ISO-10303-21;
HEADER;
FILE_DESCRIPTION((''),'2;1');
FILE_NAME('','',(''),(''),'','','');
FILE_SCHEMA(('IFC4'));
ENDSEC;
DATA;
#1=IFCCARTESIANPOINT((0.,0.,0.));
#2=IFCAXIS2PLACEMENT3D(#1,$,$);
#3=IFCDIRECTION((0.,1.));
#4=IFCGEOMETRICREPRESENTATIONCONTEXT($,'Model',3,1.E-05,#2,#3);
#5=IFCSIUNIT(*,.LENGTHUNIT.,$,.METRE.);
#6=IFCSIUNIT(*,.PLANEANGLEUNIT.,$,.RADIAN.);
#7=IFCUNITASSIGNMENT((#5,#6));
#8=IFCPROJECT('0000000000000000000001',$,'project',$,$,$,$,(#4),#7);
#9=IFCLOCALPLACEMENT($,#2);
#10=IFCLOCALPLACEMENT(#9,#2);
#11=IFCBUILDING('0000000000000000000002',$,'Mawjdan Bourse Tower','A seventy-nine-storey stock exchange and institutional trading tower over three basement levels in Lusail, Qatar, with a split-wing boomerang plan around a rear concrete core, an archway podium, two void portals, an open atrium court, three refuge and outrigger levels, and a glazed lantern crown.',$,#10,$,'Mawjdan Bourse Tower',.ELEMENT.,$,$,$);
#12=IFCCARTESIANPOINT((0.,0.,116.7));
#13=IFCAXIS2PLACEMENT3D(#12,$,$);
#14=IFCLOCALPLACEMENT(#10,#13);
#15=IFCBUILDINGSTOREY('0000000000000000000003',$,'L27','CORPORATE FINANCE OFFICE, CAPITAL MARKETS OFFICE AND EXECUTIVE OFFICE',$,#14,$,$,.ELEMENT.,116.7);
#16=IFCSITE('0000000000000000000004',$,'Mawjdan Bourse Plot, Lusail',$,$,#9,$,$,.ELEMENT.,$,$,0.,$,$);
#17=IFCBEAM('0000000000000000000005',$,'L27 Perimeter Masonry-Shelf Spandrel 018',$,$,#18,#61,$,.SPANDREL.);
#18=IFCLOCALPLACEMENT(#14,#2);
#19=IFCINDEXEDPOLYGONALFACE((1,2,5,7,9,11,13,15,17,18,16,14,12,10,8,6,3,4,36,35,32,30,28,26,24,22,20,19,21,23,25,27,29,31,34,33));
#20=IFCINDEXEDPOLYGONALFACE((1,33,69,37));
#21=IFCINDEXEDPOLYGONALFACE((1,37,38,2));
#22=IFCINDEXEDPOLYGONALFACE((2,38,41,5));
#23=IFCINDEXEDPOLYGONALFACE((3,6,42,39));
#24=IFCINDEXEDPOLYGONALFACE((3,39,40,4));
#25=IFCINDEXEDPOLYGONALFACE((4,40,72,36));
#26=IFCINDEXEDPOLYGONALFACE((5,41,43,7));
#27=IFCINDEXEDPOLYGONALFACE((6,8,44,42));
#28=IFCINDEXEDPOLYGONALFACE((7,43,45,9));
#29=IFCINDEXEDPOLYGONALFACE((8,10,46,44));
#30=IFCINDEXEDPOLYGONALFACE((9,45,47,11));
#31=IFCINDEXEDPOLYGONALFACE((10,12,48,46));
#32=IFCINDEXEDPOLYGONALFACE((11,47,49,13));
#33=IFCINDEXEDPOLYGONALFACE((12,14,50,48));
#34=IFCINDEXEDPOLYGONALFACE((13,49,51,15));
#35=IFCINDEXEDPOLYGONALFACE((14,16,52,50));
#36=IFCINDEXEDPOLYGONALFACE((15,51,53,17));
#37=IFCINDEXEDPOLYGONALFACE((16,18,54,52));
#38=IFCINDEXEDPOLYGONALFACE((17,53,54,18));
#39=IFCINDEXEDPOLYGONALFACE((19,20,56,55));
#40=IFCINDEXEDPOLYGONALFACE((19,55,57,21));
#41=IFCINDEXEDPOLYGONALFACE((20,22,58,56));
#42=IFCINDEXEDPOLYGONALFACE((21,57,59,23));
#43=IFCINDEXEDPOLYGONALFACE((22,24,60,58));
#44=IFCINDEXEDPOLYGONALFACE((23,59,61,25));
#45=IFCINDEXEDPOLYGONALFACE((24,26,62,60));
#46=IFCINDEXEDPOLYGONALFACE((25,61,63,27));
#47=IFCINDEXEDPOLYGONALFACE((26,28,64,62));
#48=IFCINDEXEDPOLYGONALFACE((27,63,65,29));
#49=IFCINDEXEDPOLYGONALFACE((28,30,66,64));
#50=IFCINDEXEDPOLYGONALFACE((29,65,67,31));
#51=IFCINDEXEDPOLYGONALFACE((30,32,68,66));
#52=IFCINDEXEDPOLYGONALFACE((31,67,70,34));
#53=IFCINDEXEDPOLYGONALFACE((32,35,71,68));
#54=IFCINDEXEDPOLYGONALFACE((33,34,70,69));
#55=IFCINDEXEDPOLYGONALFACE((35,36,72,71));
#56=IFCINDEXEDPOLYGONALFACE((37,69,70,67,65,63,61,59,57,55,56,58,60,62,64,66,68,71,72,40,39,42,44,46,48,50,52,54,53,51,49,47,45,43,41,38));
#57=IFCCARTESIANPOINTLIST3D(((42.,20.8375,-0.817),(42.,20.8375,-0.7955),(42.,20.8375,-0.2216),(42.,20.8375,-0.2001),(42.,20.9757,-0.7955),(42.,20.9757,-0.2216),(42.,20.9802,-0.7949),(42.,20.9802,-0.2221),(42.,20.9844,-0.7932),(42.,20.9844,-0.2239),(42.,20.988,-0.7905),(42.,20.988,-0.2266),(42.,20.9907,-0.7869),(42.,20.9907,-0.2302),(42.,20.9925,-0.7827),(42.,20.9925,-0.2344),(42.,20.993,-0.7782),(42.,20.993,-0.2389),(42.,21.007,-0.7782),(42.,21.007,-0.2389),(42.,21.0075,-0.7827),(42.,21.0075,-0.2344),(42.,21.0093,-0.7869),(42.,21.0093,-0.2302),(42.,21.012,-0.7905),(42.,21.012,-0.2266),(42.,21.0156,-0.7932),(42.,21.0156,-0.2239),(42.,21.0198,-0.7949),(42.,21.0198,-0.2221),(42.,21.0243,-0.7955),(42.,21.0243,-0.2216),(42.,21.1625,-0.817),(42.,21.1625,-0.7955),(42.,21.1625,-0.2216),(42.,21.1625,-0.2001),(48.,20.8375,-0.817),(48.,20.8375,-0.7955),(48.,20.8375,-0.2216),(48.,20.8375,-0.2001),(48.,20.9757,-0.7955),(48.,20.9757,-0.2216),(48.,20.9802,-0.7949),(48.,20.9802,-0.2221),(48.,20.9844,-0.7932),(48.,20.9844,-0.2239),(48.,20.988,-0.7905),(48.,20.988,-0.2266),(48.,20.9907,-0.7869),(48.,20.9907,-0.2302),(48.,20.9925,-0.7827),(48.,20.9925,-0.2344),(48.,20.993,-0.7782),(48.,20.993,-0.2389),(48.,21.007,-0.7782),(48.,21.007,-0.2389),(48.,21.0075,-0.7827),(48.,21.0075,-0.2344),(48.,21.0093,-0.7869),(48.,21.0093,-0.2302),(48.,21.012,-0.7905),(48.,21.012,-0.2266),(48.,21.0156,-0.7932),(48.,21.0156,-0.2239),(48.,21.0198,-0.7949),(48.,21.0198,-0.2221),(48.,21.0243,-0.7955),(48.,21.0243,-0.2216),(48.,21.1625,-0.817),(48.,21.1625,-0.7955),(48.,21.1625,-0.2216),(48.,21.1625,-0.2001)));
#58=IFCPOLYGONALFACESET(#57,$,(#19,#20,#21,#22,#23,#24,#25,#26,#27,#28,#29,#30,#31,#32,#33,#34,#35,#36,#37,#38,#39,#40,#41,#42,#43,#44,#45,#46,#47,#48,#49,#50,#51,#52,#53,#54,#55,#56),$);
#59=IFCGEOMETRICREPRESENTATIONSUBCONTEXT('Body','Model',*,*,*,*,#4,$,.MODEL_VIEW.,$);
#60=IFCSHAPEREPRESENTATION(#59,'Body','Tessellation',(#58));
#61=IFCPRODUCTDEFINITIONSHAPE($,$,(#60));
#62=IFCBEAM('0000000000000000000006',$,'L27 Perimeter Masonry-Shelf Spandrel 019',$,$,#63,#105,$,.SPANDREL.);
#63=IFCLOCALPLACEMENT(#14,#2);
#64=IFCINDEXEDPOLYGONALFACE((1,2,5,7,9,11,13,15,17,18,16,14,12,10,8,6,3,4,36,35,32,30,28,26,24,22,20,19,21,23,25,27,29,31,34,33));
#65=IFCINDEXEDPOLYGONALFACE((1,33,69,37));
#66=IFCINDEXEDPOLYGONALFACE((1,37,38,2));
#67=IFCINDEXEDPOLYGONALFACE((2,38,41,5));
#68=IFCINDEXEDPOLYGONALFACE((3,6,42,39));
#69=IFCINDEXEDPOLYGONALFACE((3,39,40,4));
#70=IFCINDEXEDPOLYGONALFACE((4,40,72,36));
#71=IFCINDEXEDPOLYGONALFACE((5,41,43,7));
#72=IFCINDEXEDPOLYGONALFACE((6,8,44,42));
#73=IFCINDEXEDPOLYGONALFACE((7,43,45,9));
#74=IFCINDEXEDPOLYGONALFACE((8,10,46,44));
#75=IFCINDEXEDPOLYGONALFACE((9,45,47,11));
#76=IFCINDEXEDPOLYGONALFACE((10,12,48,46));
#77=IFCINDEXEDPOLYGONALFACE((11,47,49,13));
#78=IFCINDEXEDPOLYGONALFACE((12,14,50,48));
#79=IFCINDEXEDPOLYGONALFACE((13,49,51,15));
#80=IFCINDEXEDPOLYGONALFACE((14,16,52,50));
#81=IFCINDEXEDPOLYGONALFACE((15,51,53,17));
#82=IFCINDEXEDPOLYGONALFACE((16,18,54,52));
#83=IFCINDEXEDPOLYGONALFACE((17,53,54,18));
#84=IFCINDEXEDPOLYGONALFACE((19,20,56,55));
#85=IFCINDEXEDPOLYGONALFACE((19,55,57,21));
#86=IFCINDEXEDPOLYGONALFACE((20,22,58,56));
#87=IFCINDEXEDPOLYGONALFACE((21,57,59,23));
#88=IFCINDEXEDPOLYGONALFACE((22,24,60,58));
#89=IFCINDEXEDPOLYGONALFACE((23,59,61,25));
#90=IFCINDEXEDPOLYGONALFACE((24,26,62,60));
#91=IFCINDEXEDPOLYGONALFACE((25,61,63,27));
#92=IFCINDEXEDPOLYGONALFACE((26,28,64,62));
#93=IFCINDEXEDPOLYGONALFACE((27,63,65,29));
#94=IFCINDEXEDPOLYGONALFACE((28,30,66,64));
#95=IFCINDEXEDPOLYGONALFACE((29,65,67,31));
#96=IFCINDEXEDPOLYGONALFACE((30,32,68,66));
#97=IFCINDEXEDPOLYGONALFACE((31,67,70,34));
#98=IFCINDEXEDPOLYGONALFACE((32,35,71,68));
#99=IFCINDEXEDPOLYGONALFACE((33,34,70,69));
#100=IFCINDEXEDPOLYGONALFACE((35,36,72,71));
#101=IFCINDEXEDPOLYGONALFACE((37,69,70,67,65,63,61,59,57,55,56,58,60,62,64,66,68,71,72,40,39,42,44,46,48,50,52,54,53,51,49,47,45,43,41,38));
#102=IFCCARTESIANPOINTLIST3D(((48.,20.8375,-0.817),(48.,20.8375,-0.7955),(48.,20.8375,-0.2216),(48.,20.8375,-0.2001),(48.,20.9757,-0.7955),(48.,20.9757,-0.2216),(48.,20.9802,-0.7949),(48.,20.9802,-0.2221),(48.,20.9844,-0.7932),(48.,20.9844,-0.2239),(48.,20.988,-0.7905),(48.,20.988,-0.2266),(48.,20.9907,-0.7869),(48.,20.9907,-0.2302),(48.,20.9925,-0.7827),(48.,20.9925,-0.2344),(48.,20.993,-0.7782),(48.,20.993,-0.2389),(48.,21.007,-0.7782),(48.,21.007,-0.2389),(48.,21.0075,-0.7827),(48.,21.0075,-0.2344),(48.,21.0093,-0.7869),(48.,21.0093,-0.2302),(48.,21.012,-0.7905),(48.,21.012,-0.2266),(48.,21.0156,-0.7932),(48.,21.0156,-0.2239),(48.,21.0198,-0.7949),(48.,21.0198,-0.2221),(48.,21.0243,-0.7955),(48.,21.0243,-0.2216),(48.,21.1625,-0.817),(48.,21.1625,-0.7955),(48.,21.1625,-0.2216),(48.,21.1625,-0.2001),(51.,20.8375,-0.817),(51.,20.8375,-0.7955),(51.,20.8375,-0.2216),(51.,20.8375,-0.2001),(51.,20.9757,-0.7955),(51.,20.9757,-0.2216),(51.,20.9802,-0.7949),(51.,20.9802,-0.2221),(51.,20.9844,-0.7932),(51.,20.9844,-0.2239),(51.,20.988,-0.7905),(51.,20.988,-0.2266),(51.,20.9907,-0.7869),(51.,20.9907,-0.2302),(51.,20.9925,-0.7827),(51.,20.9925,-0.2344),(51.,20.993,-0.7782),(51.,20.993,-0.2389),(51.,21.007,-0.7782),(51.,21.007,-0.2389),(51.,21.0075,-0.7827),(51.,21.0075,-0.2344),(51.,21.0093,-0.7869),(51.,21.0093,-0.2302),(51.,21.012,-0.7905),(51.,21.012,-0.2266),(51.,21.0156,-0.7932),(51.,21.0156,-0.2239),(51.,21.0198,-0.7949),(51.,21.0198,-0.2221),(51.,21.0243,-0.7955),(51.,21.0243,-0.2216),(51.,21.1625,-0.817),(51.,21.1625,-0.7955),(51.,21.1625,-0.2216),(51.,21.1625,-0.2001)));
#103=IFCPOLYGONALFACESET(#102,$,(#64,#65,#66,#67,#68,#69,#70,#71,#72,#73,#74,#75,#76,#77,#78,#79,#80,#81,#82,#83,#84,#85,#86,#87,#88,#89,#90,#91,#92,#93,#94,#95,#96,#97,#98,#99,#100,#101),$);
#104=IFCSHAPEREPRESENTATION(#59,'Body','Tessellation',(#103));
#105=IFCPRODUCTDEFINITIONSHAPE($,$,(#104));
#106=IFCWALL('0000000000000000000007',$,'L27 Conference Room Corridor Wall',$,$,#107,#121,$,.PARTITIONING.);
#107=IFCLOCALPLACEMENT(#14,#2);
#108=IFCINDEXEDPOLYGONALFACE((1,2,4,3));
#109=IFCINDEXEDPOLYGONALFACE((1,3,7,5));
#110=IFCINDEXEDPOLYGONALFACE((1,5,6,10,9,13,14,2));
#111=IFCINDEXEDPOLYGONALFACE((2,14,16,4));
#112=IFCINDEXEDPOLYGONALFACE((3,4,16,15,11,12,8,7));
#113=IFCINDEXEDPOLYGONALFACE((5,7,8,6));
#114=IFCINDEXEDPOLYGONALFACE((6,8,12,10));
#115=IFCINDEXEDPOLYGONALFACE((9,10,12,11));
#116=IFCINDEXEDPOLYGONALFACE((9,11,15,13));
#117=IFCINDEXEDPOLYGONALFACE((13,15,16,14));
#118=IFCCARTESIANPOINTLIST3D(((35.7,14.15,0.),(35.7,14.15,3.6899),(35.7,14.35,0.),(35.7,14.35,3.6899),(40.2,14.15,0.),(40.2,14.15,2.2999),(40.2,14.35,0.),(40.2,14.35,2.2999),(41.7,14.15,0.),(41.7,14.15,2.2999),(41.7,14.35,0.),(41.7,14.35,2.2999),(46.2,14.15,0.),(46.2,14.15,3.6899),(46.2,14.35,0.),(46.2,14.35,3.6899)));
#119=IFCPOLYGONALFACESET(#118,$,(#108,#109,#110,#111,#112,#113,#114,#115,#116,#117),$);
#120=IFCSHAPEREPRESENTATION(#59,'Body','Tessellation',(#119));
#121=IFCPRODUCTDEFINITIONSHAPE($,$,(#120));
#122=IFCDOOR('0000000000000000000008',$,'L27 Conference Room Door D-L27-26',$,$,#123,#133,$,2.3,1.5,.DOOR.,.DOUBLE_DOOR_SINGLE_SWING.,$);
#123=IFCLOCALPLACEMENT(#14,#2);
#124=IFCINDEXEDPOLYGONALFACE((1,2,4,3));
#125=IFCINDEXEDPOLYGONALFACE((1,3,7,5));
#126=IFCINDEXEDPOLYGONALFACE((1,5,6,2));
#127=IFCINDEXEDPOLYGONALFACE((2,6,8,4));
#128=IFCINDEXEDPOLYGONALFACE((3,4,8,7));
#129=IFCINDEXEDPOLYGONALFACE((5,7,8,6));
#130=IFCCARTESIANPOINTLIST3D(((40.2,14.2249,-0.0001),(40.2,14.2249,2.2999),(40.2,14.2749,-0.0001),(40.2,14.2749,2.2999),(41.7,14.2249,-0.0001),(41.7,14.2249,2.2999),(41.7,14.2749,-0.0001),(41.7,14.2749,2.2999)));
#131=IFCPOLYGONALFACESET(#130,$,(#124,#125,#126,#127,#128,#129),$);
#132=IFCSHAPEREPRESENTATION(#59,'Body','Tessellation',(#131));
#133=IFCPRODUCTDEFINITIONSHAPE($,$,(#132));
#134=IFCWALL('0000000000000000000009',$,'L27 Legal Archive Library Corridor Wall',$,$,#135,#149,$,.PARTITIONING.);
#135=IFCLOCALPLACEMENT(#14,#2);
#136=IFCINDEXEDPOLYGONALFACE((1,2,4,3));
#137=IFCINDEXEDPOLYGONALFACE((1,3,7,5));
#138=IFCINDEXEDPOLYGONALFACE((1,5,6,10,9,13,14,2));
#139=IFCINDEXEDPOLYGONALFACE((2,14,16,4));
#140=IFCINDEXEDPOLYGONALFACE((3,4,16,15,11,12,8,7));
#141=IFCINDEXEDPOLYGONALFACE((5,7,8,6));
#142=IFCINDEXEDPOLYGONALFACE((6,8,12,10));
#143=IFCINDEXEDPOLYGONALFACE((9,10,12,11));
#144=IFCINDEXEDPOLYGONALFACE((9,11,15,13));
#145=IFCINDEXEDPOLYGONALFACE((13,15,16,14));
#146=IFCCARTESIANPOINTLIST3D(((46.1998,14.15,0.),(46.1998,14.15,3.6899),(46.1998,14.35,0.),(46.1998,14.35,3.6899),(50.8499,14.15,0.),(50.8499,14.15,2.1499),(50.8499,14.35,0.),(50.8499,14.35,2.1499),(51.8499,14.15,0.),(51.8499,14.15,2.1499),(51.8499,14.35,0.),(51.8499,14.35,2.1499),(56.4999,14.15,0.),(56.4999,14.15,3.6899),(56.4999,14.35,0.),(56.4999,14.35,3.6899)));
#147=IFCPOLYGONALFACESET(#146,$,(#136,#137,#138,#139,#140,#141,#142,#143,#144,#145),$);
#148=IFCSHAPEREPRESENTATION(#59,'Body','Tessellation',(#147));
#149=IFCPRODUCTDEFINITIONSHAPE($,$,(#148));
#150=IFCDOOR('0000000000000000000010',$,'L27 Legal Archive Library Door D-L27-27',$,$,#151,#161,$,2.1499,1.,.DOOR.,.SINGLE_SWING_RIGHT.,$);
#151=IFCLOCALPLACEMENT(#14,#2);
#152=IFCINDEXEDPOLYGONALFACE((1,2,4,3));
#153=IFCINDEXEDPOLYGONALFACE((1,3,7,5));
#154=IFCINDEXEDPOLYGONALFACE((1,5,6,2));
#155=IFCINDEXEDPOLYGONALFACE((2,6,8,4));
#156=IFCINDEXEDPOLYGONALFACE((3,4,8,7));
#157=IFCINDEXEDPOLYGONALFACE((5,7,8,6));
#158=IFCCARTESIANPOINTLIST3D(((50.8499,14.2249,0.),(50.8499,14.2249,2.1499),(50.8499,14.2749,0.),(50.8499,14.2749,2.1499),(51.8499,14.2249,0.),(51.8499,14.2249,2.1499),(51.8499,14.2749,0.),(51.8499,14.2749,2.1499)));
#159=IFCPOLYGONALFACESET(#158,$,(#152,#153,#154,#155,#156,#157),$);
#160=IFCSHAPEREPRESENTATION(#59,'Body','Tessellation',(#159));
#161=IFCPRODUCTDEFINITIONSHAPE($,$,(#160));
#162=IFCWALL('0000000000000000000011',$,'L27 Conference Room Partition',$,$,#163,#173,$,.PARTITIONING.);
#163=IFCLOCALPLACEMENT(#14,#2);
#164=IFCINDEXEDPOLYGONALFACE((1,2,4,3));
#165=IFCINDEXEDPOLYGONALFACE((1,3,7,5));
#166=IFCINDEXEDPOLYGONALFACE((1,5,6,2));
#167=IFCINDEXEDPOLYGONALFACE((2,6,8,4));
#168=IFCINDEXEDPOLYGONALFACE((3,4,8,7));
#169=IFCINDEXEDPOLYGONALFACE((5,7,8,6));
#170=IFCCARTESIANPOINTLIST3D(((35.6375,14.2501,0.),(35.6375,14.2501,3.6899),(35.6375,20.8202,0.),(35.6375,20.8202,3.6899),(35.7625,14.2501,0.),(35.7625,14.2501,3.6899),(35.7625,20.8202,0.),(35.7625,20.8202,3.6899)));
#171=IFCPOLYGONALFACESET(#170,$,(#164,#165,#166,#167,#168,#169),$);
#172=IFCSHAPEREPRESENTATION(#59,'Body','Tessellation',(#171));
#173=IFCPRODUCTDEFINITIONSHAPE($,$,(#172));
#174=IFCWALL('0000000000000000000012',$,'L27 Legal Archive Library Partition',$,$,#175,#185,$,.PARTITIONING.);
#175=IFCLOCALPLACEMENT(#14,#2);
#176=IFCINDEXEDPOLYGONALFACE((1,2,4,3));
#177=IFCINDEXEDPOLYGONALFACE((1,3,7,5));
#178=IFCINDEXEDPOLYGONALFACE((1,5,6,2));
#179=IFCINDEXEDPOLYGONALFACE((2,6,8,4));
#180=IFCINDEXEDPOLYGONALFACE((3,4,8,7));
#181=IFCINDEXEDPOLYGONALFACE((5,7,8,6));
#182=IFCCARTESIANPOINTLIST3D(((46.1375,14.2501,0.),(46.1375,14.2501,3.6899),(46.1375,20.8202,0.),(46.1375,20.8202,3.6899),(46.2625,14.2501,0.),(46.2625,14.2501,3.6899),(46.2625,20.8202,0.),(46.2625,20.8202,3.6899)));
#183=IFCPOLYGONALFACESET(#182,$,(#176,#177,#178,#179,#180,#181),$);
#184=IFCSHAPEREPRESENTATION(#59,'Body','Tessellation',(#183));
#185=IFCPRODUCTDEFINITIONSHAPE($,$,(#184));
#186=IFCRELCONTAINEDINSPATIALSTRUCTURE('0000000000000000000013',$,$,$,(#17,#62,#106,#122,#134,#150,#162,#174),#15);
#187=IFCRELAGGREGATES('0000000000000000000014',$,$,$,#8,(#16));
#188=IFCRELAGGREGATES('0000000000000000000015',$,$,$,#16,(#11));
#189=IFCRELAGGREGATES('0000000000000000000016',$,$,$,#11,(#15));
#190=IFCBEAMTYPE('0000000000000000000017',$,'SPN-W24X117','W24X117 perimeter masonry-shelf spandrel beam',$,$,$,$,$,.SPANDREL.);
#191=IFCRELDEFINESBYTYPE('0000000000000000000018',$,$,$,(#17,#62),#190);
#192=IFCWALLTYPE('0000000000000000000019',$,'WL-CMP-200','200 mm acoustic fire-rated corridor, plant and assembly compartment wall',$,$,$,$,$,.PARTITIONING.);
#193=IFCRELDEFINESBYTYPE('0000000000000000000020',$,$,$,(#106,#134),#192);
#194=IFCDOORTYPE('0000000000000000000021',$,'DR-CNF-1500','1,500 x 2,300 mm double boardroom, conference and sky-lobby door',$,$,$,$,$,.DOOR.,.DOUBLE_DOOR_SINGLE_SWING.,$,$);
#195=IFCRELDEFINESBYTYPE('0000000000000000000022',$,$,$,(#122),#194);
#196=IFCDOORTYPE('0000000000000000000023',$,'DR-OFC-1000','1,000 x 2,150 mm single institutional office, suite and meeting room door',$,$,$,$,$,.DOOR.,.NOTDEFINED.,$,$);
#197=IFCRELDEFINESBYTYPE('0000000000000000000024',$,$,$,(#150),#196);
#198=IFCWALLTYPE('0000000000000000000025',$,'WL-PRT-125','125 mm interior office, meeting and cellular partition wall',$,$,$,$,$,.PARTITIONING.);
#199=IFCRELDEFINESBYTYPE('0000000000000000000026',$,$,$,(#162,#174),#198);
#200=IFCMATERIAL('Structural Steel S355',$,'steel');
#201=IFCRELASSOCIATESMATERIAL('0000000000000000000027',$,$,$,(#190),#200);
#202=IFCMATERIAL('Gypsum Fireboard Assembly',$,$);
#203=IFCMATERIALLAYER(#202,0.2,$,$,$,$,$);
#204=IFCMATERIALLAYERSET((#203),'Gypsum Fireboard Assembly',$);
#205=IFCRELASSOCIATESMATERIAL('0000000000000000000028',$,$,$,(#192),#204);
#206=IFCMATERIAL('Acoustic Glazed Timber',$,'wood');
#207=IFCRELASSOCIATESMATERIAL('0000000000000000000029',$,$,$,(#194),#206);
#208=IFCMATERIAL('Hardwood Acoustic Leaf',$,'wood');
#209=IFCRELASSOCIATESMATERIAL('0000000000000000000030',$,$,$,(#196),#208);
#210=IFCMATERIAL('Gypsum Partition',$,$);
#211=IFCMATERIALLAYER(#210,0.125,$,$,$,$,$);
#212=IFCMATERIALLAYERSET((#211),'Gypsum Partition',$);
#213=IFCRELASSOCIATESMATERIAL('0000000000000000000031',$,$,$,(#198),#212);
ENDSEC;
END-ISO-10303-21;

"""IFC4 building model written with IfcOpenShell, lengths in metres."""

from ifc_helpers import new_model, si_unit, direction, frame, frame_2d, origin, origin_2d, place, context, subcontext, project, spatial, rectangle, i_section, extrude, material, layer, layer_set, material_profile, profile_set, type_object, element, fill, save


model = new_model("IFC4")

# Units and contexts
model_context = context("Model", 3, precision=1e-05, world=origin(), true_north=direction((0.0, 1.0)))
body_context = subcontext(model_context, "Body", "Model", "MODEL_VIEW")
ifc_project = project(units=[si_unit("LENGTHUNIT", "METRE"), si_unit("PLANEANGLEUNIT", "RADIAN")], contexts=[model_context])

# Site, building, storey
site_placement = place(None, origin())
site = spatial("IfcSite", under=ifc_project, at=site_placement, Name="Mawjdan Bourse Plot, Lusail", CompositionType="ELEMENT", RefElevation=0.0)
building_placement = place(site_placement, origin())
building = spatial("IfcBuilding", under=site, at=building_placement, Name="Mawjdan Bourse Tower", Description="A seventy-nine-storey stock exchange and institutional trading tower over three basement levels in Lusail, Qatar, with a split-wing boomerang plan around a rear concrete core, an archway podium, two void portals, an open atrium court, three refuge and outrigger levels, and a glazed lantern crown.", LongName="Mawjdan Bourse Tower", CompositionType="ELEMENT")
storey_placement = place(building_placement, frame((0.0, 0.0, 116.7)))
storey = spatial("IfcBuildingStorey", under=building, at=storey_placement, Name="L27", Description="CORPORATE FINANCE OFFICE, CAPITAL MARKETS OFFICE AND EXECUTIVE OFFICE", CompositionType="ELEMENT", Elevation=116.7)

# Beams
ifc_material_1 = material(Name="Structural Steel S355", Category="steel")
ifc_material_profile_1 = material_profile(ifc_material_1, i_section(OverallWidth=0.325, OverallDepth=0.6169, WebThickness=0.0139, FlangeThickness=0.0215, FilletRadius=0.0173, at=origin_2d()), Name="W24X117")
ifc_profile_set_1 = profile_set([ifc_material_profile_1], Name="Structural Steel S355")
beam_type_1 = type_object("IfcBeamType", Name="SPN-W24X117", Description="W24X117 perimeter masonry-shelf spandrel beam", PredefinedType="SPANDREL", material=ifc_profile_set_1)
beam_1_placement = place(storey_placement, frame((42.0, 21.0, -0.5085), z_axis=(1.0, 0.0, 0.0), x_axis=(0.0, 1.0, 0.0)))
element("IfcBeam", 1, at=beam_1_placement, inside=storey, type_object=beam_type_1, Name="L27 Perimeter Masonry-Shelf Spandrel 018", PredefinedType="SPANDREL", context=body_context, shape_type="SweptSolid", body=[
    extrude(i_section(OverallWidth=0.325, OverallDepth=0.6169, WebThickness=0.0139, FlangeThickness=0.0215, FilletRadius=0.0173, at=origin_2d()), origin(), (0.0, 0.0, 1.0), 6.0),
])
beam_2_placement = place(storey_placement, frame((48.0, 21.0, -0.5085), z_axis=(1.0, 0.0, 0.0), x_axis=(0.0, 1.0, 0.0)))
element("IfcBeam", 2, at=beam_2_placement, inside=storey, type_object=beam_type_1, Name="L27 Perimeter Masonry-Shelf Spandrel 019", PredefinedType="SPANDREL", context=body_context, shape_type="SweptSolid", body=[
    extrude(i_section(OverallWidth=0.325, OverallDepth=0.6169, WebThickness=0.0139, FlangeThickness=0.0215, FilletRadius=0.0173, at=origin_2d()), origin(), (0.0, 0.0, 1.0), 3.0),
])

# Walls, openings, doors
ifc_material_2 = material(Name="Gypsum Fireboard Assembly")
ifc_layer_1 = layer(ifc_material_2, 0.2)
ifc_layer_set_1 = layer_set([ifc_layer_1], Name="Gypsum Fireboard Assembly")
wall_type_1 = type_object("IfcWallType", Name="WL-CMP-200", Description="200 mm acoustic fire-rated corridor, plant and assembly compartment wall", PredefinedType="PARTITIONING", material=ifc_layer_set_1)
wall_1_placement = place(storey_placement, frame((35.7, 14.25, 0.0), z_axis=(0.0, 0.0, 1.0), x_axis=(1.0, 0.0, 0.0)))
wall_1 = element("IfcWall", 3, at=wall_1_placement, inside=storey, type_object=wall_type_1, Name="L27 Conference Room Corridor Wall", PredefinedType="PARTITIONING", context=body_context, shape_type="SweptSolid", body=[
    extrude(rectangle(XDim=10.5, YDim=0.2, at=frame_2d((5.25, 0.0))), origin(), (0.0, 0.0, 1.0), 3.6899),
])
opening_1_placement = place(wall_1_placement, frame((4.5, 0.0, 0.0)))
opening_1 = element("IfcOpeningElement", 4, at=opening_1_placement, cuts=wall_1, PredefinedType="OPENING", context=body_context, shape_type="SweptSolid", body=[
    extrude(rectangle(XDim=1.5, YDim=2.3, at=frame_2d((0.75, 1.1499))), frame((0.0, 0.1099, 0.0), z_axis=(0.0, -1.0, 0.0), x_axis=(1.0, 0.0, 0.0)), (0.0, 0.0, 1.0), 0.22),
])
ifc_material_3 = material(Name="Acoustic Glazed Timber", Category="wood")
door_type_1 = type_object("IfcDoorType", Name="DR-CNF-1500", Description="1,500 x 2,300 mm double boardroom, conference and sky-lobby door", OperationType="DOUBLE_DOOR_SINGLE_SWING", PredefinedType="DOOR", material=ifc_material_3)
door_1_placement = place(opening_1_placement, origin())
door_1 = element("IfcDoor", 5, at=door_1_placement, inside=storey, type_object=door_type_1, Name="L27 Conference Room Door D-L27-26", OperationType="DOUBLE_DOOR_SINGLE_SWING", OverallHeight=2.3, OverallWidth=1.5, PredefinedType="DOOR", context=body_context, shape_type="SweptSolid", body=[
    extrude(rectangle(XDim=1.5, YDim=2.3, at=frame_2d((0.75, 1.1499))), frame((0.0, 0.0249, 0.0), z_axis=(0.0, -1.0, 0.0), x_axis=(1.0, 0.0, 0.0)), (0.0, 0.0, 1.0), 0.05),
])
fill(opening_1, door_1)
wall_2_placement = place(storey_placement, frame((46.2, 14.25, 0.0), z_axis=(0.0, 0.0, 1.0), x_axis=(1.0, 0.0, 0.0)))
wall_2 = element("IfcWall", 6, at=wall_2_placement, inside=storey, type_object=wall_type_1, Name="L27 Legal Archive Library Corridor Wall", PredefinedType="PARTITIONING", context=body_context, shape_type="SweptSolid", body=[
    extrude(rectangle(XDim=10.3, YDim=0.2, at=frame_2d((5.1499, 0.0))), origin(), (0.0, 0.0, 1.0), 3.6899),
])
opening_2_placement = place(wall_2_placement, frame((4.6499, 0.0, 0.0)))
opening_2 = element("IfcOpeningElement", 7, at=opening_2_placement, cuts=wall_2, PredefinedType="OPENING", context=body_context, shape_type="SweptSolid", body=[
    extrude(rectangle(XDim=1.0, YDim=2.1499, at=frame_2d((0.5, 1.075))), frame((0.0, 0.1099, 0.0), z_axis=(0.0, -1.0, 0.0), x_axis=(1.0, 0.0, 0.0)), (0.0, 0.0, 1.0), 0.22),
])
ifc_material_4 = material(Name="Hardwood Acoustic Leaf", Category="wood")
door_type_2 = type_object("IfcDoorType", Name="DR-OFC-1000", Description="1,000 x 2,150 mm single institutional office, suite and meeting room door", OperationType="NOTDEFINED", PredefinedType="DOOR", material=ifc_material_4)
door_2_placement = place(opening_2_placement, origin())
door_2 = element("IfcDoor", 8, at=door_2_placement, inside=storey, type_object=door_type_2, Name="L27 Legal Archive Library Door D-L27-27", OperationType="SINGLE_SWING_RIGHT", OverallHeight=2.1499, OverallWidth=1.0, PredefinedType="DOOR", context=body_context, shape_type="SweptSolid", body=[
    extrude(rectangle(XDim=1.0, YDim=2.1499, at=frame_2d((0.5, 1.075))), frame((0.0, 0.0249, 0.0), z_axis=(0.0, -1.0, 0.0), x_axis=(1.0, 0.0, 0.0)), (0.0, 0.0, 1.0), 0.05),
])
fill(opening_2, door_2)

# Walls
ifc_material_5 = material(Name="Gypsum Partition")
ifc_layer_2 = layer(ifc_material_5, 0.125)
ifc_layer_set_2 = layer_set([ifc_layer_2], Name="Gypsum Partition")
wall_type_2 = type_object("IfcWallType", Name="WL-PRT-125", Description="125 mm interior office, meeting and cellular partition wall", PredefinedType="PARTITIONING", material=ifc_layer_set_2)
for number, where, z_axis, x_axis, name in (
    (9, (35.7, 14.25, 0.0), (0.0, 0.0, 1.0), (0.0, 1.0, 0.0), "L27 Conference Room Partition"),
    (10, (46.2, 14.25, 0.0), (0.0, 0.0, 1.0), (0.0, 1.0, 0.0), "L27 Legal Archive Library Partition"),
):
    element("IfcWall", number, at=place(storey_placement, frame(where, z_axis=z_axis, x_axis=x_axis)), inside=storey, type_object=wall_type_2, Name=name, PredefinedType="PARTITIONING", context=body_context, shape_type="SweptSolid", body=[
        extrude(rectangle(XDim=6.5701, YDim=0.125, at=frame_2d((3.2852, 0.0))), origin(), (0.0, 0.0, 1.0), 3.6899),
    ])

save(model, "model.ifc")
